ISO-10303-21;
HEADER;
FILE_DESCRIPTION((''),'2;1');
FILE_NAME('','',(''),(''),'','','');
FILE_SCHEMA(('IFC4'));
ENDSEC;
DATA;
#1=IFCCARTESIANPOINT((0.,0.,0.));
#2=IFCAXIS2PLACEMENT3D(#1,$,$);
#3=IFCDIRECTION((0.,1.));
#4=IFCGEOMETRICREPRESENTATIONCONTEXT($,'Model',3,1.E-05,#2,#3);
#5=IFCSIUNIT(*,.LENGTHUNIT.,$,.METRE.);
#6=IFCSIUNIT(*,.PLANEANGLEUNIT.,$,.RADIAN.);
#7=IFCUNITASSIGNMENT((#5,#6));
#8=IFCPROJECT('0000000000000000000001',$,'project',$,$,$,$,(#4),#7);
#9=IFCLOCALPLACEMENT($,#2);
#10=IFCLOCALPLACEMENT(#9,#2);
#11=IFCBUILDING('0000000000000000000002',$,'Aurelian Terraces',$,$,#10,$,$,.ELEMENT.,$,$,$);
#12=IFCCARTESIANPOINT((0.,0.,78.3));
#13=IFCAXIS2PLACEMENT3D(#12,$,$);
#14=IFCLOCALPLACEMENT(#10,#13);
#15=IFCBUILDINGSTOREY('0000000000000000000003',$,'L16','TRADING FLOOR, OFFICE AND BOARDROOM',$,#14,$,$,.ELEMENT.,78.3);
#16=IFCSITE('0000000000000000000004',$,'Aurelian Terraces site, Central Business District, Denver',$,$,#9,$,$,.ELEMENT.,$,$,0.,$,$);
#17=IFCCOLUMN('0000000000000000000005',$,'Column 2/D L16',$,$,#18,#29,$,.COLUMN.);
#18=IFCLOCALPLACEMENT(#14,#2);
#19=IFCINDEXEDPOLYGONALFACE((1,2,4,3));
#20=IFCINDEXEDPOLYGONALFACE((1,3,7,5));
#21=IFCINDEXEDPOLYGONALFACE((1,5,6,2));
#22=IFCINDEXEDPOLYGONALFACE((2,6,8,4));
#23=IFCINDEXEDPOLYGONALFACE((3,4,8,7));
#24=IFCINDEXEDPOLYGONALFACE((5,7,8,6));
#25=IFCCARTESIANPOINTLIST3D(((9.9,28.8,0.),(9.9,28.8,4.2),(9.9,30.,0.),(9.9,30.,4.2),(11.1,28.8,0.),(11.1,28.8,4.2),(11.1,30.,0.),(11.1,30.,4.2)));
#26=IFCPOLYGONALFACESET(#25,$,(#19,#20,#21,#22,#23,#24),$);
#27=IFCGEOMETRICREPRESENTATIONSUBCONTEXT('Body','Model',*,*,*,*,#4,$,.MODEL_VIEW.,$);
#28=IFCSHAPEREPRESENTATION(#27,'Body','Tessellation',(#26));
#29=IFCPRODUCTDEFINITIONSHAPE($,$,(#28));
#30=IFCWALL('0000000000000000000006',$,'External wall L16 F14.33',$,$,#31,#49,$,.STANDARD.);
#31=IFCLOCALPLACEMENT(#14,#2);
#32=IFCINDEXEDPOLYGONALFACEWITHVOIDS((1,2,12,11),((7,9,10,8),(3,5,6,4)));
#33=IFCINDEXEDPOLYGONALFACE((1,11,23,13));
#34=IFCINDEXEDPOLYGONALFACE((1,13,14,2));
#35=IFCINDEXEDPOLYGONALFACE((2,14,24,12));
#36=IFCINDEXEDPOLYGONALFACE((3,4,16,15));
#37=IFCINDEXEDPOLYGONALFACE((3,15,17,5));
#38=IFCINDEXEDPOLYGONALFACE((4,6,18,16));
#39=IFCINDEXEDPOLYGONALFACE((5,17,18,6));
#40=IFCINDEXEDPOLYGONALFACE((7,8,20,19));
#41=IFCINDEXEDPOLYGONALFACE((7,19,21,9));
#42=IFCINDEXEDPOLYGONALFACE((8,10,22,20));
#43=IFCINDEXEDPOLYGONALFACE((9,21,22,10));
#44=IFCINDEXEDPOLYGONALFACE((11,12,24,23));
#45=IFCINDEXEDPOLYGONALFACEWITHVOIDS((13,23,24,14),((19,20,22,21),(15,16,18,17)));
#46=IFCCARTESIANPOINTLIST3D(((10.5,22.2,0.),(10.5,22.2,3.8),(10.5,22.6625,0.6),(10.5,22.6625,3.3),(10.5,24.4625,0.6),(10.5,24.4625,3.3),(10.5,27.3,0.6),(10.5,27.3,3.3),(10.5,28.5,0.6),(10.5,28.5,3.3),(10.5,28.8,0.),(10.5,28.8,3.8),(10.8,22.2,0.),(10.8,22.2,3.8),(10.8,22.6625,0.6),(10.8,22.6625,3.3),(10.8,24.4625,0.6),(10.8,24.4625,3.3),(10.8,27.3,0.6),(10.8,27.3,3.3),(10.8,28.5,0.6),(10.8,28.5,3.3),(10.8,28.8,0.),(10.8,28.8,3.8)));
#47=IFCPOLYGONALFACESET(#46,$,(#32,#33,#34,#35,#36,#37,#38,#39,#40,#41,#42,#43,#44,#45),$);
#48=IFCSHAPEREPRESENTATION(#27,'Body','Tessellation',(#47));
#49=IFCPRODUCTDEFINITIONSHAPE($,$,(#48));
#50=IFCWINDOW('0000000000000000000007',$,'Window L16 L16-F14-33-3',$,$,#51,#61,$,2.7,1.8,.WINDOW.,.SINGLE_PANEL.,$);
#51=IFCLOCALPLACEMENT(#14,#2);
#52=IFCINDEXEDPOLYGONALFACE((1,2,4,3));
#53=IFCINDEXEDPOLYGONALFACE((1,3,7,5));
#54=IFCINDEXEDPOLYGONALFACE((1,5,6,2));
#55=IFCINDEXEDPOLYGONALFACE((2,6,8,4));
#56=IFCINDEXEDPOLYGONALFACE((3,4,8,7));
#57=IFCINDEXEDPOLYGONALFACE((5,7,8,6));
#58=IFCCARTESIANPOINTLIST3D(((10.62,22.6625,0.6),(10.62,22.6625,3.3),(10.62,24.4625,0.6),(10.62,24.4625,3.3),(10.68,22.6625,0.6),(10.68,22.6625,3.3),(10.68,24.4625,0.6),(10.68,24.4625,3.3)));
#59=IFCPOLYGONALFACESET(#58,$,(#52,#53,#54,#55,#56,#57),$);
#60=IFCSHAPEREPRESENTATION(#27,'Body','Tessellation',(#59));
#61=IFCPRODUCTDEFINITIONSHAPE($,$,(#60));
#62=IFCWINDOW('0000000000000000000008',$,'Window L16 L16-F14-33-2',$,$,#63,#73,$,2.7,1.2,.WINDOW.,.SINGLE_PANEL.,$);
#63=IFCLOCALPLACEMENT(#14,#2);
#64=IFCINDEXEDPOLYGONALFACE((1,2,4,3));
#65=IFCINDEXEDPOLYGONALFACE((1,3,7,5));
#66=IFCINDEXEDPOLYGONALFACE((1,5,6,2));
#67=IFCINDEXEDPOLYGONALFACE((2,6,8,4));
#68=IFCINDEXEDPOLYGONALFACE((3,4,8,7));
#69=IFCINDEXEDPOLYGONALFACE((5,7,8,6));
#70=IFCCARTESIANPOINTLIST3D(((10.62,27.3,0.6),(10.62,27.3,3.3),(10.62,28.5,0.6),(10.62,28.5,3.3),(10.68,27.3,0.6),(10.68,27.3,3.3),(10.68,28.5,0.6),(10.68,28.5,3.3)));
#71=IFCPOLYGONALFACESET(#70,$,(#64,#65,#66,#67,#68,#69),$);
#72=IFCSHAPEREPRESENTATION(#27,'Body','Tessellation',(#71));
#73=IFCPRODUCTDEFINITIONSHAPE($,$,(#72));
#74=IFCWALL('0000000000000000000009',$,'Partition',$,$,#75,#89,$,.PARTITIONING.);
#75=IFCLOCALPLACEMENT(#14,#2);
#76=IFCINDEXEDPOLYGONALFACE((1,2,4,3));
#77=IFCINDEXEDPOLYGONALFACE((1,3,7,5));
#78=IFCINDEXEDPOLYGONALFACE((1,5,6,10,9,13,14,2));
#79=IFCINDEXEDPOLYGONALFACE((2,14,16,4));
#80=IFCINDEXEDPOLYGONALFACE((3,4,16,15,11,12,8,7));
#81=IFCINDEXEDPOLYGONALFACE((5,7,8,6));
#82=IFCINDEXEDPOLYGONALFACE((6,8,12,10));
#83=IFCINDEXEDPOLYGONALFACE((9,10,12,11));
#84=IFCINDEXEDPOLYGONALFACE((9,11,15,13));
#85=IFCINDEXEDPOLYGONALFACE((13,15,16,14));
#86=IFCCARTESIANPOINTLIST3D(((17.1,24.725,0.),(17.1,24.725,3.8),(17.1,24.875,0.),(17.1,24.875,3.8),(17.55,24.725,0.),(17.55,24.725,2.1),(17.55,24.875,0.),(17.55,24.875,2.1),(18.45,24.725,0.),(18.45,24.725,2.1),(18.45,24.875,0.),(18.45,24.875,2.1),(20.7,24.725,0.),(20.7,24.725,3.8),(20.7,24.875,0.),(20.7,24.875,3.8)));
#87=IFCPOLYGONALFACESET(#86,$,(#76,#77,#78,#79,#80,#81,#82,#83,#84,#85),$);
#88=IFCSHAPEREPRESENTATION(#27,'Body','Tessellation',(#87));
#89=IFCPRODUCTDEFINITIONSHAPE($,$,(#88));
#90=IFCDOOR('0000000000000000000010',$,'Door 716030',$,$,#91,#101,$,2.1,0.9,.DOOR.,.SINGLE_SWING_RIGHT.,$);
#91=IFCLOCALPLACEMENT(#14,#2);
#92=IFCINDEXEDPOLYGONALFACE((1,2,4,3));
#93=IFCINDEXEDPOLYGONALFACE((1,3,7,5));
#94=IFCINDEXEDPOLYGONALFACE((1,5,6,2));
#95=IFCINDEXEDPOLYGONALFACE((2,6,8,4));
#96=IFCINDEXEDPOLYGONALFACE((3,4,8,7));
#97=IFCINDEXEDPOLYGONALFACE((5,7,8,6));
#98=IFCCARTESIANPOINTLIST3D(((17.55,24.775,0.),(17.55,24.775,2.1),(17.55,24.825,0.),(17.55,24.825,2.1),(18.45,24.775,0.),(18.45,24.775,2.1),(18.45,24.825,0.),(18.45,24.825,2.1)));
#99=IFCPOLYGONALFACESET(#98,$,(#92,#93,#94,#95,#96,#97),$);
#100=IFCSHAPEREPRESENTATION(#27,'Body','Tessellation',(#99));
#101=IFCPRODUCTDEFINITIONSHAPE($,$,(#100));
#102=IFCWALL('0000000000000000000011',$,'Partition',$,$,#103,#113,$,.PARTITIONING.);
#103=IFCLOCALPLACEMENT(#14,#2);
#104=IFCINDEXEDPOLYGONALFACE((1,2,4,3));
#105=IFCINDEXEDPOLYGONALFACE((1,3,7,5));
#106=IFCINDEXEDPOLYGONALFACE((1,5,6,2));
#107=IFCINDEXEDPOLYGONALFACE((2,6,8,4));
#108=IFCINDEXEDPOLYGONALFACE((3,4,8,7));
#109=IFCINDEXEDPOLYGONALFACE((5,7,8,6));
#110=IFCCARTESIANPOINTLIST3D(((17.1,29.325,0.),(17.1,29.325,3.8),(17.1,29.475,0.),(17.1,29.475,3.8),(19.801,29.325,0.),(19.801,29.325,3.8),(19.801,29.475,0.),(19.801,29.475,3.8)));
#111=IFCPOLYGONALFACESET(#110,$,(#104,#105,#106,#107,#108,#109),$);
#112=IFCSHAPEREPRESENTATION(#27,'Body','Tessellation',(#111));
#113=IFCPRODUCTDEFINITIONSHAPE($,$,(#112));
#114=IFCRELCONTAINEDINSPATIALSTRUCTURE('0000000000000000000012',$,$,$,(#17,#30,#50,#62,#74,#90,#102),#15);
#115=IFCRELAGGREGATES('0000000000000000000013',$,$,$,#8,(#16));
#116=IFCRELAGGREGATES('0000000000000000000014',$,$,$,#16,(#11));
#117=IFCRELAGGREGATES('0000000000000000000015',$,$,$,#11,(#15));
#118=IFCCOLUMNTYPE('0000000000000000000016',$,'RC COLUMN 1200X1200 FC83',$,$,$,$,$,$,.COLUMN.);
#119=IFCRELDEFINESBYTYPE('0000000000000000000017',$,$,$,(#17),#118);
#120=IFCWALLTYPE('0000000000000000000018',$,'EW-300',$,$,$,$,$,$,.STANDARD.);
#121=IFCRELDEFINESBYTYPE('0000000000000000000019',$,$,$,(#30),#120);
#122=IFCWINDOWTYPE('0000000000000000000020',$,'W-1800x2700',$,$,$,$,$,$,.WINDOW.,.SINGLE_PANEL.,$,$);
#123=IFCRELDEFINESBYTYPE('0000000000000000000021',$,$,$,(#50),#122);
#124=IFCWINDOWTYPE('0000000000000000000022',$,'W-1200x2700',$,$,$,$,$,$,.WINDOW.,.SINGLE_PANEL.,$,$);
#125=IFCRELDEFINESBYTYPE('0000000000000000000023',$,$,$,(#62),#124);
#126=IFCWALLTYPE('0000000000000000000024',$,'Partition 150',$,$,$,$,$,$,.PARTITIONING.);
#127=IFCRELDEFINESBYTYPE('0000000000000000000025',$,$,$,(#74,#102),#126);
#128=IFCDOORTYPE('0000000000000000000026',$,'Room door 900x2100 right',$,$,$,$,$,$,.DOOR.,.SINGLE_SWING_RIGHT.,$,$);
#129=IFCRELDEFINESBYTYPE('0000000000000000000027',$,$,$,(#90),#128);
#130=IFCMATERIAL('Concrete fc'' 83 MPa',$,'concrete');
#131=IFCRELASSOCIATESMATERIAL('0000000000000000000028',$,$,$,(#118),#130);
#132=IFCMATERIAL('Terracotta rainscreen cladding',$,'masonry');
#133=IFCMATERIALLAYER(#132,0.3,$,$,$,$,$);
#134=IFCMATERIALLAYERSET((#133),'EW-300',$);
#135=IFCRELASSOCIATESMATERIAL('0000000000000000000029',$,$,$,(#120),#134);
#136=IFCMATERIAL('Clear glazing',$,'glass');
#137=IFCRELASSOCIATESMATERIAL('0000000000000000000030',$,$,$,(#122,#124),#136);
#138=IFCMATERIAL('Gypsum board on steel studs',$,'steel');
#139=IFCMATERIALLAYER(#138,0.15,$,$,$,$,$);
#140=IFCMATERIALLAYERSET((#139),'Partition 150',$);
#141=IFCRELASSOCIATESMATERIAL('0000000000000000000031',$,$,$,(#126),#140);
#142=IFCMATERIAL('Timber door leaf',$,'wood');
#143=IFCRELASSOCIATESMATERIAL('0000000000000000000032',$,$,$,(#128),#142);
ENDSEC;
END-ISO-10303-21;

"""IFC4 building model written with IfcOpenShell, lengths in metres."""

from ifc_helpers import new_model, si_unit, direction, frame, frame_2d, origin, origin_2d, place, context, subcontext, project, spatial, rectangle, extrude, source, transform, mapped, material, layer, layer_set, material_profile, profile_set, type_object, element, fill, save


model = new_model("IFC4")

# Units and contexts
model_context = context("Model", 3, precision=1e-05, world=origin(), true_north=direction((0.0, 1.0)))
body_context = subcontext(model_context, "Body", "Model", "MODEL_VIEW")
ifc_project = project(units=[si_unit("LENGTHUNIT", "METRE"), si_unit("PLANEANGLEUNIT", "RADIAN")], contexts=[model_context])

# Site, building, storey
site_placement = place(None, origin())
site = spatial("IfcSite", under=ifc_project, at=site_placement, Name="Aurelian Terraces site, Central Business District, Denver", CompositionType="ELEMENT", RefElevation=0.0)
building_placement = place(site_placement, origin())
building = spatial("IfcBuilding", under=site, at=building_placement, Name="Aurelian Terraces", CompositionType="ELEMENT")
storey_placement = place(building_placement, frame((0.0, 0.0, 78.3)))
storey = spatial("IfcBuildingStorey", under=building, at=storey_placement, Name="L16", Description="TRADING FLOOR, OFFICE AND BOARDROOM", CompositionType="ELEMENT", Elevation=78.3)

# Column
ifc_material_1 = material(Name="Concrete fc' 83 MPa", Category="concrete")
ifc_material_profile = material_profile(ifc_material_1, rectangle(XDim=1.2, YDim=1.2, at=origin_2d()))
ifc_profile_set = profile_set([ifc_material_profile], Name="Concrete fc' 83 MPa")
column_type = type_object("IfcColumnType", Name="RC COLUMN 1200X1200 FC83", PredefinedType="COLUMN", material=ifc_profile_set)
shared_shape_1 = source(origin(), body_context, "Body", "SweptSolid", [
    extrude(rectangle(XDim=1.2, YDim=1.2, at=origin_2d()), origin(), (0.0, 0.0, 1.0), 4.2),
])
column_placement = place(storey_placement, frame((10.5, 29.4, 0.0), z_axis=(0.0, 0.0, 1.0), x_axis=(1.0, 0.0, 0.0)))
element("IfcColumn", 1, at=column_placement, inside=storey, type_object=column_type, Name="Column 2/D L16", PredefinedType="COLUMN", context=body_context, shape_type="MappedRepresentation", body=[
    mapped(shared_shape_1, transform((0.0, 0.0, 0.0), scale=1.0)),
])

# Wall, openings, windows
ifc_material_2 = material(Name="Terracotta rainscreen cladding", Category="masonry")
ifc_layer_1 = layer(ifc_material_2, 0.3)
ifc_layer_set_1 = layer_set([ifc_layer_1], Name="EW-300")
wall_type_1 = type_object("IfcWallType", Name="EW-300", PredefinedType="STANDARD", material=ifc_layer_set_1)
shared_shape_2 = source(origin(), body_context, "Body", "SweptSolid", [
    extrude(rectangle(XDim=6.6, YDim=0.3, at=frame_2d((3.3, 0.0))), origin(), (0.0, 0.0, 1.0), 3.8),
])
wall_1_placement = place(storey_placement, frame((10.65, 28.8, 0.0), z_axis=(0.0, 0.0, 1.0), x_axis=(0.0, -1.0, 0.0)))
wall_1 = element("IfcWall", 2, at=wall_1_placement, inside=storey, type_object=wall_type_1, Name="External wall L16 F14.33", PredefinedType="STANDARD", context=body_context, shape_type="MappedRepresentation", body=[
    mapped(shared_shape_2, transform((0.0, 0.0, 0.0), scale=1.0)),
])
shared_shape_3 = source(origin(), body_context, "Body", "SweptSolid", [
    extrude(rectangle(XDim=1.2, YDim=2.7, at=frame_2d((0.6, 1.35))), frame((0.0, 0.16, 0.0), z_axis=(0.0, -1.0, 0.0), x_axis=(1.0, 0.0, 0.0)), (0.0, 0.0, 1.0), 0.32),
])
opening_1_placement = place(wall_1_placement, frame((0.3, 0.0, 0.6)))
opening_1 = element("IfcOpeningElement", 3, at=opening_1_placement, cuts=wall_1, PredefinedType="OPENING", context=body_context, shape_type="MappedRepresentation", body=[
    mapped(shared_shape_3, transform((0.0, 0.0, 0.0), scale=1.0)),
])
shared_shape_4 = source(origin(), body_context, "Body", "SweptSolid", [
    extrude(rectangle(XDim=1.8, YDim=2.7, at=frame_2d((0.9, 1.35))), frame((0.0, 0.16, 0.0), z_axis=(0.0, -1.0, 0.0), x_axis=(1.0, 0.0, 0.0)), (0.0, 0.0, 1.0), 0.32),
])
opening_2_placement = place(wall_1_placement, frame((4.3375, 0.0, 0.6)))
opening_2 = element("IfcOpeningElement", 4, at=opening_2_placement, cuts=wall_1, PredefinedType="OPENING", context=body_context, shape_type="MappedRepresentation", body=[
    mapped(shared_shape_4, transform((0.0, 0.0, 0.0), scale=1.0)),
])
ifc_material_3 = material(Name="Clear glazing", Category="glass")
window_type_1 = type_object("IfcWindowType", Name="W-1800x2700", PartitioningType="SINGLE_PANEL", PredefinedType="WINDOW", material=ifc_material_3)
shared_shape_5 = source(origin(), body_context, "Body", "SweptSolid", [
    extrude(rectangle(XDim=1.8, YDim=2.7, at=frame_2d((0.9, 1.35))), frame((0.0, 0.03, 0.0), z_axis=(0.0, -1.0, 0.0), x_axis=(1.0, 0.0, 0.0)), (0.0, 0.0, 1.0), 0.06),
])
window_1_placement = place(opening_2_placement, origin())
window_1 = element("IfcWindow", 5, at=window_1_placement, inside=storey, type_object=window_type_1, Name="Window L16 L16-F14-33-3", OverallHeight=2.7, OverallWidth=1.8, PartitioningType="SINGLE_PANEL", PredefinedType="WINDOW", context=body_context, shape_type="MappedRepresentation", body=[
    mapped(shared_shape_5, transform((0.0, 0.0, 0.0), scale=1.0)),
])
fill(opening_2, window_1)
window_type_2 = type_object("IfcWindowType", Name="W-1200x2700", PartitioningType="SINGLE_PANEL", PredefinedType="WINDOW", material=ifc_material_3)
shared_shape_6 = source(origin(), body_context, "Body", "SweptSolid", [
    extrude(rectangle(XDim=1.2, YDim=2.7, at=frame_2d((0.6, 1.35))), frame((0.0, 0.03, 0.0), z_axis=(0.0, -1.0, 0.0), x_axis=(1.0, 0.0, 0.0)), (0.0, 0.0, 1.0), 0.06),
])
window_2_placement = place(opening_1_placement, origin())
window_2 = element("IfcWindow", 6, at=window_2_placement, inside=storey, type_object=window_type_2, Name="Window L16 L16-F14-33-2", OverallHeight=2.7, OverallWidth=1.2, PartitioningType="SINGLE_PANEL", PredefinedType="WINDOW", context=body_context, shape_type="MappedRepresentation", body=[
    mapped(shared_shape_6, transform((0.0, 0.0, 0.0), scale=1.0)),
])
fill(opening_1, window_2)

# Wall, opening, door
ifc_material_4 = material(Name="Gypsum board on steel studs", Category="steel")
ifc_layer_2 = layer(ifc_material_4, 0.15)
ifc_layer_set_2 = layer_set([ifc_layer_2], Name="Partition 150")
wall_type_2 = type_object("IfcWallType", Name="Partition 150", PredefinedType="PARTITIONING", material=ifc_layer_set_2)
shared_shape_7 = source(origin(), body_context, "Body", "SweptSolid", [
    extrude(rectangle(XDim=3.6, YDim=0.15, at=frame_2d((1.8, 0.0))), origin(), (0.0, 0.0, 1.0), 3.8),
])
wall_2_placement = place(storey_placement, frame((17.1, 24.8, 0.0), z_axis=(0.0, 0.0, 1.0), x_axis=(1.0, 0.0, 0.0)))
wall_2 = element("IfcWall", 7, at=wall_2_placement, inside=storey, type_object=wall_type_2, Name="Partition", PredefinedType="PARTITIONING", context=body_context, shape_type="MappedRepresentation", body=[
    mapped(shared_shape_7, transform((0.0, 0.0, 0.0), scale=1.0)),
])
shared_shape_8 = source(origin(), body_context, "Body", "SweptSolid", [
    extrude(rectangle(XDim=0.9, YDim=2.1, at=frame_2d((0.45, 1.05))), frame((0.0, 0.085, 0.0), z_axis=(0.0, -1.0, 0.0), x_axis=(1.0, 0.0, 0.0)), (0.0, 0.0, 1.0), 0.17),
])
opening_3_placement = place(wall_2_placement, frame((0.45, 0.0, 0.0)))
opening_3 = element("IfcOpeningElement", 8, at=opening_3_placement, cuts=wall_2, PredefinedType="OPENING", context=body_context, shape_type="MappedRepresentation", body=[
    mapped(shared_shape_8, transform((0.0, 0.0, 0.0), scale=1.0)),
])
ifc_material_5 = material(Name="Timber door leaf", Category="wood")
door_type_1 = type_object("IfcDoorType", Name="Room door 900x2100 right", OperationType="SINGLE_SWING_RIGHT", PredefinedType="DOOR", material=ifc_material_5)
shared_shape_9 = source(origin(), body_context, "Body", "SweptSolid", [
    extrude(rectangle(XDim=0.9, YDim=2.1, at=frame_2d((0.45, 1.05))), frame((0.0, 0.025, 0.0), z_axis=(0.0, -1.0, 0.0), x_axis=(1.0, 0.0, 0.0)), (0.0, 0.0, 1.0), 0.05),
])
door_1_placement = place(opening_3_placement, origin())
door_1 = element("IfcDoor", 9, at=door_1_placement, inside=storey, type_object=door_type_1, Name="Door 716030", OperationType="SINGLE_SWING_RIGHT", OverallHeight=2.1, OverallWidth=0.9, PredefinedType="DOOR", context=body_context, shape_type="MappedRepresentation", body=[
    mapped(shared_shape_9, transform((0.0, 0.0, 0.0), scale=1.0)),
])
fill(opening_3, door_1)

# Wall
shared_shape_10 = source(origin(), body_context, "Body", "SweptSolid", [
    extrude(rectangle(XDim=2.701, YDim=0.15, at=frame_2d((1.3505, 0.0))), origin(), (0.0, 0.0, 1.0), 3.8),
])
wall_3_placement = place(storey_placement, frame((19.801, 29.4, 0.0), z_axis=(0.0, 0.0, 1.0), x_axis=(-1.0, 0.0, 0.0)))
element("IfcWall", 10, at=wall_3_placement, inside=storey, type_object=wall_type_2, Name="Partition", PredefinedType="PARTITIONING", context=body_context, shape_type="MappedRepresentation", body=[
    mapped(shared_shape_10, transform((0.0, 0.0, 0.0), scale=1.0)),
])

save(model, "model.ifc")
